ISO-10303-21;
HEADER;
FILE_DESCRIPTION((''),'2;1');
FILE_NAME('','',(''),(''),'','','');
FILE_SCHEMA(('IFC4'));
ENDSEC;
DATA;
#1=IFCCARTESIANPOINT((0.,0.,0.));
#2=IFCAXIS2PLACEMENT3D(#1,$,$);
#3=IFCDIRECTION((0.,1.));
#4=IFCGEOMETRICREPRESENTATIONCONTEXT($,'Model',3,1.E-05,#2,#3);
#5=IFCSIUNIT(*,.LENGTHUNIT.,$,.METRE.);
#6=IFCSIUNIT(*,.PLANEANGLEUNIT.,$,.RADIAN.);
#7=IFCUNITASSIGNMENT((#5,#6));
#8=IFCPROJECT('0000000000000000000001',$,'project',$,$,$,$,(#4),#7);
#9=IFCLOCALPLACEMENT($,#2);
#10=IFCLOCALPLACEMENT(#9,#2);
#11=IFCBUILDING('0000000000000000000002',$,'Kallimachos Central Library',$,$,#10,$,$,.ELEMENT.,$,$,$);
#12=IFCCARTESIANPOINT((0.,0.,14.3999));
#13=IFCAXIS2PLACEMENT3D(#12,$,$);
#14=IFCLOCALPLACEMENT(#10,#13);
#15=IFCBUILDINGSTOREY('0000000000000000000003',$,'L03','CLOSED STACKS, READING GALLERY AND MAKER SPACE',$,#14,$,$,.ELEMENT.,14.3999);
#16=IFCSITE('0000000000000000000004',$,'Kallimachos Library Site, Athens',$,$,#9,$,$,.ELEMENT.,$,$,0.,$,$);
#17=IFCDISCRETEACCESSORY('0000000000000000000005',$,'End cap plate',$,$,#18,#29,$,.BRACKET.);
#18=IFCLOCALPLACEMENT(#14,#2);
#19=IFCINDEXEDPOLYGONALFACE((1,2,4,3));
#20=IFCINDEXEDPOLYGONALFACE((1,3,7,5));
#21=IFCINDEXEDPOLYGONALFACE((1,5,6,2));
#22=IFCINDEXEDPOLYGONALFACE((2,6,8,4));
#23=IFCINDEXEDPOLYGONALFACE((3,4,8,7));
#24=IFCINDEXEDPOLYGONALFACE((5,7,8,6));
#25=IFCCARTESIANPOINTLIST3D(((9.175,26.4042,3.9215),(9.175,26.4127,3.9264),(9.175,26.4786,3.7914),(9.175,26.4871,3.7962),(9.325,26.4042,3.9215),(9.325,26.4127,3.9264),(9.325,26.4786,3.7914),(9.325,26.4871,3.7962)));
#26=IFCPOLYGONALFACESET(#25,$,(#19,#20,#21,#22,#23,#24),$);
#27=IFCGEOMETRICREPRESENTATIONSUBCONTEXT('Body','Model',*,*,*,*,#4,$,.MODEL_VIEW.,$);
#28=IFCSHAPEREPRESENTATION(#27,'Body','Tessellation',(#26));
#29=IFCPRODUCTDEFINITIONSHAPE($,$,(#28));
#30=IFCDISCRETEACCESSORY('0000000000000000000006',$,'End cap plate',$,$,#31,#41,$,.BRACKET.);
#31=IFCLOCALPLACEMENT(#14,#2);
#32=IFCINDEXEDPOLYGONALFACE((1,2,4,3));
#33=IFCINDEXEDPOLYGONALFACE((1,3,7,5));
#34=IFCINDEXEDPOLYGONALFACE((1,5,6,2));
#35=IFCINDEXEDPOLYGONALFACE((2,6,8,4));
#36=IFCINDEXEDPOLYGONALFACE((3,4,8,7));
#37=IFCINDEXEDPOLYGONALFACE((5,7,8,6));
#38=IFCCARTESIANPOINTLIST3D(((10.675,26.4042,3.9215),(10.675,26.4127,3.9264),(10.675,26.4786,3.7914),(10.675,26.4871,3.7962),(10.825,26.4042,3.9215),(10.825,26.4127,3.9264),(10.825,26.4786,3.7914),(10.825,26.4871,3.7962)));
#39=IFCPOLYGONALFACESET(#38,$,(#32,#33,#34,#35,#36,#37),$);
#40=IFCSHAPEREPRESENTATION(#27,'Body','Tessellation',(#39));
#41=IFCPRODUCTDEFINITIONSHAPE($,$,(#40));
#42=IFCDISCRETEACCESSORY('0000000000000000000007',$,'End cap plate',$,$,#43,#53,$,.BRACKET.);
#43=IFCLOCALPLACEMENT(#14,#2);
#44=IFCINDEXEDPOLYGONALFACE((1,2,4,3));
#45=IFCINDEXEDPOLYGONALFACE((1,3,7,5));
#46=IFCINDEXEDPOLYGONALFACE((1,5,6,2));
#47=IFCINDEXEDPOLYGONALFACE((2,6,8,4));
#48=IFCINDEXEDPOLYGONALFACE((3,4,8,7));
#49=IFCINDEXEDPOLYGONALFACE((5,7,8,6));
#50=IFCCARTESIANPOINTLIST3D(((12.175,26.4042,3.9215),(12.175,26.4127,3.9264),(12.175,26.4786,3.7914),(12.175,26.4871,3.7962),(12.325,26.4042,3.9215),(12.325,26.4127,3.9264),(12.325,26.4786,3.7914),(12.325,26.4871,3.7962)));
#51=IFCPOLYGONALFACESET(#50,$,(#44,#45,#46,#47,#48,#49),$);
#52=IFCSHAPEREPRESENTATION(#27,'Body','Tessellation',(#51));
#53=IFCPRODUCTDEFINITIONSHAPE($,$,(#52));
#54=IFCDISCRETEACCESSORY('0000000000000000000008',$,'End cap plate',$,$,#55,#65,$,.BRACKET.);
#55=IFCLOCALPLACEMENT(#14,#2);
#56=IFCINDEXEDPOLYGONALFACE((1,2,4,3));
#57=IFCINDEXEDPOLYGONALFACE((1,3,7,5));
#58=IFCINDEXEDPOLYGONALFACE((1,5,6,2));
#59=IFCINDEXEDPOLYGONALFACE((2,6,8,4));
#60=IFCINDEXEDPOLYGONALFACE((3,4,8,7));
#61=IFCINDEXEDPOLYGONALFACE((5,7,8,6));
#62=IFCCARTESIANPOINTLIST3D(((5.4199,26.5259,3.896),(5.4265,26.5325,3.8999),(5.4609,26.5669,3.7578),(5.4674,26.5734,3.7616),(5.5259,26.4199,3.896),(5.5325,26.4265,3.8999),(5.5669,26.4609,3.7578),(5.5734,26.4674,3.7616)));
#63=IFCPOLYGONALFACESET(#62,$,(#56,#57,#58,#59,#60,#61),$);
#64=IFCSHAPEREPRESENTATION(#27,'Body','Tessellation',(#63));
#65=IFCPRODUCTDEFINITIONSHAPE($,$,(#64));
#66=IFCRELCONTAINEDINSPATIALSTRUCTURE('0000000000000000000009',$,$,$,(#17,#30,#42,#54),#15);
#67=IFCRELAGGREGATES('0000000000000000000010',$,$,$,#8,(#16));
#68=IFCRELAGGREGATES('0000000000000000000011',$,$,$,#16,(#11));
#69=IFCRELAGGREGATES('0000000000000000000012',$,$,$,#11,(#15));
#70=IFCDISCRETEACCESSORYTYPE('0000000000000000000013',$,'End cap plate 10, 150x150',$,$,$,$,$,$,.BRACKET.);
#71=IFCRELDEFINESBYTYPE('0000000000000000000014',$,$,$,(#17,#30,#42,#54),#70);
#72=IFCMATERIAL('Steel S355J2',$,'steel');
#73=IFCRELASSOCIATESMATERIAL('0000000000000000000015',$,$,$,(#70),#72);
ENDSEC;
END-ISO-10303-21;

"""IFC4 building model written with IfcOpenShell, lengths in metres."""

from ifc_helpers import new_model, si_unit, direction, frame, origin, origin_2d, place, context, subcontext, project, spatial, rectangle, extrude, material, material_profile, profile_set, type_object, element, save


model = new_model("IFC4")

# Units and contexts
model_context = context("Model", 3, precision=1e-05, world=origin(), true_north=direction((0.0, 1.0)))
body_context = subcontext(model_context, "Body", "Model", "MODEL_VIEW")
ifc_project = project(units=[si_unit("LENGTHUNIT", "METRE"), si_unit("PLANEANGLEUNIT", "RADIAN")], contexts=[model_context])

# Site, building, storey
site_placement = place(None, origin())
site = spatial("IfcSite", under=ifc_project, at=site_placement, Name="Kallimachos Library Site, Athens", CompositionType="ELEMENT", RefElevation=0.0)
building_placement = place(site_placement, origin())
building = spatial("IfcBuilding", under=site, at=building_placement, Name="Kallimachos Central Library", CompositionType="ELEMENT")
storey_placement = place(building_placement, frame((0.0, 0.0, 14.3999)))
storey = spatial("IfcBuildingStorey", under=building, at=storey_placement, Name="L03", Description="CLOSED STACKS, READING GALLERY AND MAKER SPACE", CompositionType="ELEMENT", Elevation=14.3999)

# Discrete accessories
ifc_material_1 = material(Name="Steel S355J2", Category="steel")
ifc_material_profile_1 = material_profile(ifc_material_1, rectangle(XDim=0.1499, YDim=0.1499, at=origin_2d()), Name="End cap plate 10, 150x150")
ifc_profile_set_1 = profile_set([ifc_material_profile_1], Name="Steel S355J2")
discrete_accessory_type = type_object("IfcDiscreteAccessoryType", Name="End cap plate 10, 150x150", PredefinedType="BRACKET", material=ifc_profile_set_1)
for number, where, z_axis, x_axis, name in (
    (1, (9.25, 26.4414, 3.8564), (0.0, 0.868243, 0.496139), (-1.0, 0.0, 0.0), "End cap plate"),
    (2, (10.75, 26.4414, 3.8564), (0.0, 0.868243, 0.496139), (-1.0, 0.0, 0.0), "End cap plate"),
    (3, (12.25, 26.4414, 3.8564), (0.0, 0.868243, 0.496139), (-1.0, 0.0, 0.0), "End cap plate"),
):
    element("IfcDiscreteAccessory", number, at=place(storey_placement, frame(where, z_axis=z_axis, x_axis=x_axis)), inside=storey, type_object=discrete_accessory_type, Name=name, PredefinedType="BRACKET", context=body_context, shape_type="SweptSolid", body=[
        extrude(rectangle(XDim=0.1499, YDim=0.1499, at=origin_2d()), origin(), (0.0, 0.0, 1.0), 0.0098),
    ])
discrete_accessory_1_placement = place(storey_placement, frame((5.4934, 26.4934, 3.8269), z_axis=(0.652166, 0.652166, 0.386469), x_axis=(-0.707107, 0.707107, 0.0)))
element("IfcDiscreteAccessory", 4, at=discrete_accessory_1_placement, inside=storey, type_object=discrete_accessory_type, Name="End cap plate", PredefinedType="BRACKET", context=body_context, shape_type="SweptSolid", body=[
    extrude(rectangle(XDim=0.1499, YDim=0.1499, at=origin_2d()), origin(), (0.0, 0.0, 1.0), 0.01),
])

save(model, "model.ifc")
